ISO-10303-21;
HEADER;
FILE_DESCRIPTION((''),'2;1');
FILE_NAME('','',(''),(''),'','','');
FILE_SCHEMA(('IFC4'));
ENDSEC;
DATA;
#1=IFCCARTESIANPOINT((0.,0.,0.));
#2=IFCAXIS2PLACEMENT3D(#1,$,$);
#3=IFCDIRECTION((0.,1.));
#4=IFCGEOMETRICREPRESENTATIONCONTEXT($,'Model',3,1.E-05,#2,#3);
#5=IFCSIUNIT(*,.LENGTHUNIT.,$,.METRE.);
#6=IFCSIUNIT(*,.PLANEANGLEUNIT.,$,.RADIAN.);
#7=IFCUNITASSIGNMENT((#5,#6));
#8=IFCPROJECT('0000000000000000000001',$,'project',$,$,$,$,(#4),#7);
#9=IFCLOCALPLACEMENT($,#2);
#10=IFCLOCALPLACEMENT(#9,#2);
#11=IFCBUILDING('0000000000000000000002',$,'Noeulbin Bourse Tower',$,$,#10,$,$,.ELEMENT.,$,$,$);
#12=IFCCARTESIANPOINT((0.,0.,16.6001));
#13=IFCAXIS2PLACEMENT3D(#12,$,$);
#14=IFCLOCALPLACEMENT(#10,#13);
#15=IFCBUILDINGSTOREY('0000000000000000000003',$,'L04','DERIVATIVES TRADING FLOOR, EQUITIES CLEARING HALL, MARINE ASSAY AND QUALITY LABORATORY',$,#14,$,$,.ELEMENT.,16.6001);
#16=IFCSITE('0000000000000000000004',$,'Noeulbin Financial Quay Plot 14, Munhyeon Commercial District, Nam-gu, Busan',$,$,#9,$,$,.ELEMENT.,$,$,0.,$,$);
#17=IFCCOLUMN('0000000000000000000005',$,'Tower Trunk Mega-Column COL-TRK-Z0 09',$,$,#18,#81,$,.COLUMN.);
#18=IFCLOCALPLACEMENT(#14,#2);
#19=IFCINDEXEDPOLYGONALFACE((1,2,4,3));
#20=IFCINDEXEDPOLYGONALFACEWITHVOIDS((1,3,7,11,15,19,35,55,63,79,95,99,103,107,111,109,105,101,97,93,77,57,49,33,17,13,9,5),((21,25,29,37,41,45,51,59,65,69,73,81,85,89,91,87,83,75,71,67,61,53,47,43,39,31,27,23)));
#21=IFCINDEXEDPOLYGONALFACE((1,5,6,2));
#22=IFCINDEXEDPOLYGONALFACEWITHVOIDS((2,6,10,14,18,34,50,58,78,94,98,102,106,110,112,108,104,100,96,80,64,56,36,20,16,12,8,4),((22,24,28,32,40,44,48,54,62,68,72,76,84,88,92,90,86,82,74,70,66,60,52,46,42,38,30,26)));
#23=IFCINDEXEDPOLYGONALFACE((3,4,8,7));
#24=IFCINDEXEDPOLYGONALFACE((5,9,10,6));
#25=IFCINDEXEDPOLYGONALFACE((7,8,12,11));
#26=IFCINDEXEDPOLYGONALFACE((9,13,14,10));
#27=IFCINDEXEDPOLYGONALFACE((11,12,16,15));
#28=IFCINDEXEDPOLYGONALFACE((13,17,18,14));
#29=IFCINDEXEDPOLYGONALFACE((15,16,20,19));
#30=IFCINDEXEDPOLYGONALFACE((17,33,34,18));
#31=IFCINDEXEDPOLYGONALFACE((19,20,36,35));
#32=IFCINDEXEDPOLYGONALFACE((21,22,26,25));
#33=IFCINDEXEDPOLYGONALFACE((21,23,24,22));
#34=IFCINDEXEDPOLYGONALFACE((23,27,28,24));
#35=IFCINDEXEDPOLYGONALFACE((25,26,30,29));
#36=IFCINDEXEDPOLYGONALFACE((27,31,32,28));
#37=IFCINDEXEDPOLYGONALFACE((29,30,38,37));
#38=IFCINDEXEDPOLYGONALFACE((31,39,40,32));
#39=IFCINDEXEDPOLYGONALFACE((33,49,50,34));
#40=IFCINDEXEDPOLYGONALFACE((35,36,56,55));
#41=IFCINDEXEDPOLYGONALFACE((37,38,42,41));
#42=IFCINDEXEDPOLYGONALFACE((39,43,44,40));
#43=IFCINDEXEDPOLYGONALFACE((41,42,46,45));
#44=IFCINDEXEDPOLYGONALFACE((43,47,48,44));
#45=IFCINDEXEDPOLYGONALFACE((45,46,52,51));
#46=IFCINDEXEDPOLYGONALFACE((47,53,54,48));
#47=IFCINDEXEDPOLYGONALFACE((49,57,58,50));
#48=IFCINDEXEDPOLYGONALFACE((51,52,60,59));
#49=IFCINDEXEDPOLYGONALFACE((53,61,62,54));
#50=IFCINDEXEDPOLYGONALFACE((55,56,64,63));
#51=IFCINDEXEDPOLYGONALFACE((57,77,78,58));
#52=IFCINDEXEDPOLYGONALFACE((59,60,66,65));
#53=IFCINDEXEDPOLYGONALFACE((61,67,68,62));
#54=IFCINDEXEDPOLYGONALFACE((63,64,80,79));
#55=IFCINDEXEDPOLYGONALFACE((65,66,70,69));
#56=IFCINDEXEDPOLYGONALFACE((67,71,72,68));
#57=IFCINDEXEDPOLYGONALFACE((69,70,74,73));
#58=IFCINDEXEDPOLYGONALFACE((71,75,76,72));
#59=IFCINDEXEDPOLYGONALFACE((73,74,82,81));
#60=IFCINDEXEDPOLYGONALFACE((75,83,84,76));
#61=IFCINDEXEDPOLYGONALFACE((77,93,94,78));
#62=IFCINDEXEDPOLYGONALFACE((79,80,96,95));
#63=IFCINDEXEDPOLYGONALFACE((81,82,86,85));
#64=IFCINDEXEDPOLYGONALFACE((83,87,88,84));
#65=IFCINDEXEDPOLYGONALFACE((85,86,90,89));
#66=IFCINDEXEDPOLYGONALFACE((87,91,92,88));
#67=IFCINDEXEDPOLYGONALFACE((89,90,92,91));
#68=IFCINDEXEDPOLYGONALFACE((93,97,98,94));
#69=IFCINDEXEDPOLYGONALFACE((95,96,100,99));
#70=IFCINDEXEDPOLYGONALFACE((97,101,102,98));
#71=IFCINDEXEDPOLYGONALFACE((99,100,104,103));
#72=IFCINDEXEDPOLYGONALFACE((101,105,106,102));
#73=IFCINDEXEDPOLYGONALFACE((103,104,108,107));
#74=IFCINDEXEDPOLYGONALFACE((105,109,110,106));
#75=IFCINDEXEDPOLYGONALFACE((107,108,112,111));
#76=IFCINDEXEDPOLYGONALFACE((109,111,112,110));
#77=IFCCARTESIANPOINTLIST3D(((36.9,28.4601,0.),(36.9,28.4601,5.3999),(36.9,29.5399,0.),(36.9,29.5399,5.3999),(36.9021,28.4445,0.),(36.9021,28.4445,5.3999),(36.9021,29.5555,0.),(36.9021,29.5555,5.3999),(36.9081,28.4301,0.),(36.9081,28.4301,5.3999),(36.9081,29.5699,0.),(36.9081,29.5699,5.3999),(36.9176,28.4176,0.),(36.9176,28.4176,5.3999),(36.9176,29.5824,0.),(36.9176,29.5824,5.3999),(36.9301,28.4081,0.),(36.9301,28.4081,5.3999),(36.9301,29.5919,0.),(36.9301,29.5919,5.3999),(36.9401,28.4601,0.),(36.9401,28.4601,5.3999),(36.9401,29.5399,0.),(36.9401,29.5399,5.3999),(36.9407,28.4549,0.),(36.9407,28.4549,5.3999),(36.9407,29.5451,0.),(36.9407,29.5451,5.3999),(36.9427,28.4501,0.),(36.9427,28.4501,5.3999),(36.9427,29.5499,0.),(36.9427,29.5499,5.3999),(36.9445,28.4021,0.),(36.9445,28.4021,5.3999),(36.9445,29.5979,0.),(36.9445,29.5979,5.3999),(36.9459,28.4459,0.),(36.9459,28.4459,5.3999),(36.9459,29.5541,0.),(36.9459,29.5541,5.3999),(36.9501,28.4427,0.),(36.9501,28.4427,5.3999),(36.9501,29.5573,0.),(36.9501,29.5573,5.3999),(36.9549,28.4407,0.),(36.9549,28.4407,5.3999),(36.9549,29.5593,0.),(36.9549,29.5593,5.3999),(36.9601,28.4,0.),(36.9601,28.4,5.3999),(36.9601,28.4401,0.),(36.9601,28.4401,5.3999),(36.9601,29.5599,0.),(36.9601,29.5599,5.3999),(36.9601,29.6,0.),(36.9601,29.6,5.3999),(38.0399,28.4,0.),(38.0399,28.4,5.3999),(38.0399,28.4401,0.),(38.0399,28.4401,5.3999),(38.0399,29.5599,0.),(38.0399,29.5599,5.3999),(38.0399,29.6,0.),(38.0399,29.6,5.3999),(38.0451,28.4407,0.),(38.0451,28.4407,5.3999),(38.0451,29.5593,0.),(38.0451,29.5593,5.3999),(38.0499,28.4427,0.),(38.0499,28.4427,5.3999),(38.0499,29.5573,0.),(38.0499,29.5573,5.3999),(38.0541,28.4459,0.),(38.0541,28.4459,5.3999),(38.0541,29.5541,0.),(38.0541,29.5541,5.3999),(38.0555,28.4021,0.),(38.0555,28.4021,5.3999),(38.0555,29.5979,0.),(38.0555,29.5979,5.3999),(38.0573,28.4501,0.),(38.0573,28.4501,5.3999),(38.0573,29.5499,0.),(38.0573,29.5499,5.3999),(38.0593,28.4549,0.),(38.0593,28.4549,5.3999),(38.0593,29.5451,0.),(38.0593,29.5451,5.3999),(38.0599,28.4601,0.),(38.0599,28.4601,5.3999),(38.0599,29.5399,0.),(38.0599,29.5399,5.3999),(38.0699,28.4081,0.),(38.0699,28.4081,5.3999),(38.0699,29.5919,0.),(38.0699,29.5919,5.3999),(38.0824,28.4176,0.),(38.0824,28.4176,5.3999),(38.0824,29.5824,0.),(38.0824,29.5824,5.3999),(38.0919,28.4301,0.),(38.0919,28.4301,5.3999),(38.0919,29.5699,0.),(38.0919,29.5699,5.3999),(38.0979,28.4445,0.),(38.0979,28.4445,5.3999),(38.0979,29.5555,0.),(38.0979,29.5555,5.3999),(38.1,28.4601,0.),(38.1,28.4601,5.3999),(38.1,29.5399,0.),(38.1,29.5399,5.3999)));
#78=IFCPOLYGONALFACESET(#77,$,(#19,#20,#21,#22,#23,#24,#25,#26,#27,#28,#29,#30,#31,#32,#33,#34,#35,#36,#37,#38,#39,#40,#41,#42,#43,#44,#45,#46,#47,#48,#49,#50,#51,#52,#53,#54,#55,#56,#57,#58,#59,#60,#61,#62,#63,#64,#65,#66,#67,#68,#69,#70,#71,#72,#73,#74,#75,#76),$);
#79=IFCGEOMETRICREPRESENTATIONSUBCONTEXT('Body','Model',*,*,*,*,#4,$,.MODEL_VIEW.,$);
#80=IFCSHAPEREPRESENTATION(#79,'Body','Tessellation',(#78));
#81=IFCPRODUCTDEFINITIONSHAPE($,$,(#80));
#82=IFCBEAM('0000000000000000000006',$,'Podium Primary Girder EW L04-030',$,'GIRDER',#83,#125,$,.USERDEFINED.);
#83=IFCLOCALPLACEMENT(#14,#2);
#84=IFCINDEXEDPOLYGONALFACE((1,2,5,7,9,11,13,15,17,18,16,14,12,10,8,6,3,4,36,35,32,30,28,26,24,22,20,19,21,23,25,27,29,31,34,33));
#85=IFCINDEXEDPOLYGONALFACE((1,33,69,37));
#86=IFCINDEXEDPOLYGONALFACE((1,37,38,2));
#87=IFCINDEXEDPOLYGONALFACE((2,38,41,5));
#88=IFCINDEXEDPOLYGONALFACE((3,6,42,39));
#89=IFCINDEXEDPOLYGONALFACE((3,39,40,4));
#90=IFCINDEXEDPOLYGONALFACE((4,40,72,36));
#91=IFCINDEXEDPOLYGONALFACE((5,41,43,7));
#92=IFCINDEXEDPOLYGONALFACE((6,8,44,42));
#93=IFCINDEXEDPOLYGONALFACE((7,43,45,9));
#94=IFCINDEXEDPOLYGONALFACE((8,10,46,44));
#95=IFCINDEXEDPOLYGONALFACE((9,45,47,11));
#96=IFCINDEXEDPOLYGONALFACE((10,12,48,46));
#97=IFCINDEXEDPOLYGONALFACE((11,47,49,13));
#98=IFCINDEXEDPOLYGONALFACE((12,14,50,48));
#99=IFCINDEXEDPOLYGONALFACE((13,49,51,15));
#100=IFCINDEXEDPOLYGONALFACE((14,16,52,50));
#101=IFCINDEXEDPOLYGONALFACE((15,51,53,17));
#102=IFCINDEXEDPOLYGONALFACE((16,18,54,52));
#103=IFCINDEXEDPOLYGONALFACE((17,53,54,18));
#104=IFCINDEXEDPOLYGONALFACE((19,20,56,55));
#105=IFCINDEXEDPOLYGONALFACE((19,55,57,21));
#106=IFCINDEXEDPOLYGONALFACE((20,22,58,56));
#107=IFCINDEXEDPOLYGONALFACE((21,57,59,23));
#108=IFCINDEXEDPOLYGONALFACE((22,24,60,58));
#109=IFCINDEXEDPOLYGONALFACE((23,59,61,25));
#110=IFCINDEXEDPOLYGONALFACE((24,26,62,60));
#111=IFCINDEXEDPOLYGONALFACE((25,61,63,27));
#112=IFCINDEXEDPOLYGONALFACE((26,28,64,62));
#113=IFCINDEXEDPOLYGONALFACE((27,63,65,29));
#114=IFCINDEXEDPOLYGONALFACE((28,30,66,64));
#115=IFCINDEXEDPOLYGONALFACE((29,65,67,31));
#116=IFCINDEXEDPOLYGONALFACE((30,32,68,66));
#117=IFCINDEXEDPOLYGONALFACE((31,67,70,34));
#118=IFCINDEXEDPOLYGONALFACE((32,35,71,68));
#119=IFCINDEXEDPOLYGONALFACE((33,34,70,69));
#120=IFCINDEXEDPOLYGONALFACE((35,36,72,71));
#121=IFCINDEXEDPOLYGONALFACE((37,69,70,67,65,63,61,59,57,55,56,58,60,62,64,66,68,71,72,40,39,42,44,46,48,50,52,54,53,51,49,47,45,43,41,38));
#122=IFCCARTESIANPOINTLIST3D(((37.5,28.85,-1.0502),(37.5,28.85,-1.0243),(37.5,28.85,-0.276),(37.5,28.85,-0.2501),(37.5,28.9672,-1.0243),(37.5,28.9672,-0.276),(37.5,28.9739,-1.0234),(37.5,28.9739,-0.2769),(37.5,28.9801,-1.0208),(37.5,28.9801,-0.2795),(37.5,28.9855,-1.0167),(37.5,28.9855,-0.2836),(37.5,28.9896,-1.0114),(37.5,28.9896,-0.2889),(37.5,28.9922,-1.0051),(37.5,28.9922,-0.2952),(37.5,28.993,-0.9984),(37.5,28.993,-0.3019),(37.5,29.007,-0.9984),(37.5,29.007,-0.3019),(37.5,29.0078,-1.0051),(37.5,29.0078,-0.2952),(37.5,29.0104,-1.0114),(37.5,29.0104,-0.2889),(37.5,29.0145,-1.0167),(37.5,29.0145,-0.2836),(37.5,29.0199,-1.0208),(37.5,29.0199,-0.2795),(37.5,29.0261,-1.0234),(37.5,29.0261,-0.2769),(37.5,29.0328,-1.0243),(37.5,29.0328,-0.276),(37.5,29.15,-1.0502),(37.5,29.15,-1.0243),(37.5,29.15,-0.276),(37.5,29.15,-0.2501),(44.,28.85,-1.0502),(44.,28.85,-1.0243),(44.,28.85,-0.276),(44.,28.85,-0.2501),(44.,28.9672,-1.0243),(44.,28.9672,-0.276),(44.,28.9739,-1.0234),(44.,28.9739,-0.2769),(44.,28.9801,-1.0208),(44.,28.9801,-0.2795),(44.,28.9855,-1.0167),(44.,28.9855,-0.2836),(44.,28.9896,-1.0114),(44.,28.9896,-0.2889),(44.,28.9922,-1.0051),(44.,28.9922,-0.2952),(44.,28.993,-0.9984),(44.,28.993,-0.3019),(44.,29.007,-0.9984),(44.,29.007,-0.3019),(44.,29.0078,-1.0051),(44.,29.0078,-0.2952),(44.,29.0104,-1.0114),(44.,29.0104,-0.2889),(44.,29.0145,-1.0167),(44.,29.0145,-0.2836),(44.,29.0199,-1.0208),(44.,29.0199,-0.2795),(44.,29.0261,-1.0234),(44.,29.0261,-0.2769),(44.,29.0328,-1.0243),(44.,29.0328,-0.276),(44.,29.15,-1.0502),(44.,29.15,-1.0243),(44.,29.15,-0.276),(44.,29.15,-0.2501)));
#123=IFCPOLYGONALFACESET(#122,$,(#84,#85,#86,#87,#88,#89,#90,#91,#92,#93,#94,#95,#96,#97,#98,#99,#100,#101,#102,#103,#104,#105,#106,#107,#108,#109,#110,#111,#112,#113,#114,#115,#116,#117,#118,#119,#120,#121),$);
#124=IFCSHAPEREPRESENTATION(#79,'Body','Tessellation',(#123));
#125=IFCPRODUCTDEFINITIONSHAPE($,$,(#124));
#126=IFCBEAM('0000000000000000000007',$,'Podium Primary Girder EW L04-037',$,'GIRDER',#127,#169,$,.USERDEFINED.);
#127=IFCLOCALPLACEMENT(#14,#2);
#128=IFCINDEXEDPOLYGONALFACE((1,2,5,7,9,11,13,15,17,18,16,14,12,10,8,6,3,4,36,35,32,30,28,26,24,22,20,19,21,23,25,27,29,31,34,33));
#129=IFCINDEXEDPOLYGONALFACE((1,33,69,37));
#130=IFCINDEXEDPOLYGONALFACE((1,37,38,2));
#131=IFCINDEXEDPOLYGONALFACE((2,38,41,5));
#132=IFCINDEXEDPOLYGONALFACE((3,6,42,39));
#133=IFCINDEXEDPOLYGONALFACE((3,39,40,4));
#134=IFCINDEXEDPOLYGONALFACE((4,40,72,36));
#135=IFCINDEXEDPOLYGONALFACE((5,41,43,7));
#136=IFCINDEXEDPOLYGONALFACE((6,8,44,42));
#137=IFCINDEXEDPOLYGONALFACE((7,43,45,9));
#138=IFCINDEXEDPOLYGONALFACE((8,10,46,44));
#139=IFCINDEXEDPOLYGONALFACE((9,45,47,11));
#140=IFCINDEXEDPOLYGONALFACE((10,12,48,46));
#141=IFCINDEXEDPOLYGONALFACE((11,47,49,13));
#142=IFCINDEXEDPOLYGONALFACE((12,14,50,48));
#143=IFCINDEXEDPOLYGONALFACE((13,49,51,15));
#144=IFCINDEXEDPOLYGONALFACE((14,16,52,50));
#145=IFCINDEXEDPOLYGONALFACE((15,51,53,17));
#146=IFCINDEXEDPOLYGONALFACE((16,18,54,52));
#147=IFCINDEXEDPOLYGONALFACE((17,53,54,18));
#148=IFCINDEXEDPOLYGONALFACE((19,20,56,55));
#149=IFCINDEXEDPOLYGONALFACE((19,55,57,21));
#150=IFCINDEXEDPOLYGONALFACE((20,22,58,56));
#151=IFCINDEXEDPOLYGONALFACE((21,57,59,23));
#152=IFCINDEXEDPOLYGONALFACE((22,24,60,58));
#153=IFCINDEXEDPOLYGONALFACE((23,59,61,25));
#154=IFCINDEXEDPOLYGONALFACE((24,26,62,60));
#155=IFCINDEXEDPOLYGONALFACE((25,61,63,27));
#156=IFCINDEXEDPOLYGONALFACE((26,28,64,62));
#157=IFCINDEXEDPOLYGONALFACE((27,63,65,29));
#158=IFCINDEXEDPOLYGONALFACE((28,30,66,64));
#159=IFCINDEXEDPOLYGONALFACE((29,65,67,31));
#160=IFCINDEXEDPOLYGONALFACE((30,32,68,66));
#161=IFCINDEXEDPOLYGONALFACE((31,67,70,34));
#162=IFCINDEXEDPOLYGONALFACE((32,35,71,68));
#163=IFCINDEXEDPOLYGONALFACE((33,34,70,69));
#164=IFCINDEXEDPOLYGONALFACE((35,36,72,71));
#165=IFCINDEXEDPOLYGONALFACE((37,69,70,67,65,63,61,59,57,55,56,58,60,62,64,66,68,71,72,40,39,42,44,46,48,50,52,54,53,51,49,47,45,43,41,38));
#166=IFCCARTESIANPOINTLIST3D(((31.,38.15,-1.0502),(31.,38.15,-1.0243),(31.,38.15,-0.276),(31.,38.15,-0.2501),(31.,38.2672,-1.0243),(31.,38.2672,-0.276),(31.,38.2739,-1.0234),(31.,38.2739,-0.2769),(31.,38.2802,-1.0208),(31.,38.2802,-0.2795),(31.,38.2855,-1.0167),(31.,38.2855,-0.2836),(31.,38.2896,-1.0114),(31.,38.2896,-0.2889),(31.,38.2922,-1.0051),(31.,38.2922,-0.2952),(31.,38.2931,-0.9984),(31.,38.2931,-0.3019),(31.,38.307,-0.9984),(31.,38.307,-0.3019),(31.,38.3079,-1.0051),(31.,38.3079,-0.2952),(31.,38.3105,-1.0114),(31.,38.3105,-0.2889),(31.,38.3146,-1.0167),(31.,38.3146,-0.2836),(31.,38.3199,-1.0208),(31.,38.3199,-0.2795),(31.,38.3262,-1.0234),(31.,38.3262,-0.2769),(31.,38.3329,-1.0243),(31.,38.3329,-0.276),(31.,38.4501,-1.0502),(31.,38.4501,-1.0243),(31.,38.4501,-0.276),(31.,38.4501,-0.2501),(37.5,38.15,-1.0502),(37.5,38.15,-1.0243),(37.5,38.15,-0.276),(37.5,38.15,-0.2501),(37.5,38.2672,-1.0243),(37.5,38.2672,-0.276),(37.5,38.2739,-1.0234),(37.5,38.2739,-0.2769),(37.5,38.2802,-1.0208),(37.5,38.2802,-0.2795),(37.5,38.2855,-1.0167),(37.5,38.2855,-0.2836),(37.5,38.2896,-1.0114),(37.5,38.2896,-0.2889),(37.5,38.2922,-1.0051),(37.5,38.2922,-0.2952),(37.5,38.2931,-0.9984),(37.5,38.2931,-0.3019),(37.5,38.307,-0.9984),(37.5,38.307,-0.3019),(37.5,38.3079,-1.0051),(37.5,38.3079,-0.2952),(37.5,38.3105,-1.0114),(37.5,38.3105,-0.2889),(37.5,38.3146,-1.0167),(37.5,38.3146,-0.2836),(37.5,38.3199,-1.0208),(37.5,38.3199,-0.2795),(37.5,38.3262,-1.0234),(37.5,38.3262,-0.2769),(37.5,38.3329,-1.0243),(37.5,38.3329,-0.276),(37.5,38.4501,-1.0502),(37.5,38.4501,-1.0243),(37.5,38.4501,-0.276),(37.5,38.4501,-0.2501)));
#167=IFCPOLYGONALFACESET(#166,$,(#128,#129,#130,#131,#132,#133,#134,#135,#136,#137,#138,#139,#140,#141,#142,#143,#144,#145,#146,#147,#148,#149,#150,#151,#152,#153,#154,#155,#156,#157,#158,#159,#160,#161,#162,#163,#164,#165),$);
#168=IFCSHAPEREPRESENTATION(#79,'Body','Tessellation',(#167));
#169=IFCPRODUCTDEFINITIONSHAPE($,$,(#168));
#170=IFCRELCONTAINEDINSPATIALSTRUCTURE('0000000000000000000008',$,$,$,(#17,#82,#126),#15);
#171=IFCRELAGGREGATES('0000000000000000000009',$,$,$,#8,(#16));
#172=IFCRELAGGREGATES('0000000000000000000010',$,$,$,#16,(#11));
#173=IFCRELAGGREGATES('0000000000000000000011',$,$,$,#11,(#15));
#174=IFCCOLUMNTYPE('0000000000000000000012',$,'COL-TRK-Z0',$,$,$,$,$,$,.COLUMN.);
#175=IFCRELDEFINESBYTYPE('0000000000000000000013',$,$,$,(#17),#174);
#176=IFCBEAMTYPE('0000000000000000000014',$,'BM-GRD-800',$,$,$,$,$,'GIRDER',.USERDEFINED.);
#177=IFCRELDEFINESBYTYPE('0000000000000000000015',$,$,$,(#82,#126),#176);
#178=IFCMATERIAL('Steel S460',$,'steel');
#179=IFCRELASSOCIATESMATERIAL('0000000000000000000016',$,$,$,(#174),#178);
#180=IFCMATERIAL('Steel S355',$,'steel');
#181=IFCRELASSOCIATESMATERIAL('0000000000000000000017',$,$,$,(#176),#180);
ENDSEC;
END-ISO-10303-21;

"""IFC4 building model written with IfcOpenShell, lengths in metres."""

from ifc_helpers import new_model, si_unit, direction, frame, origin, origin_2d, place, context, subcontext, project, spatial, hollow_rectangle, i_section, extrude, material, material_profile, profile_set, type_object, element, save


model = new_model("IFC4")

# Units and contexts
model_context = context("Model", 3, precision=1e-05, world=origin(), true_north=direction((0.0, 1.0)))
body_context = subcontext(model_context, "Body", "Model", "MODEL_VIEW")
ifc_project = project(units=[si_unit("LENGTHUNIT", "METRE"), si_unit("PLANEANGLEUNIT", "RADIAN")], contexts=[model_context])

# Site, building, storey
site_placement = place(None, origin())
site = spatial("IfcSite", under=ifc_project, at=site_placement, Name="Noeulbin Financial Quay Plot 14, Munhyeon Commercial District, Nam-gu, Busan", CompositionType="ELEMENT", RefElevation=0.0)
building_placement = place(site_placement, origin())
building = spatial("IfcBuilding", under=site, at=building_placement, Name="Noeulbin Bourse Tower", CompositionType="ELEMENT")
storey_placement = place(building_placement, frame((0.0, 0.0, 16.6001)))
storey = spatial("IfcBuildingStorey", under=building, at=storey_placement, Name="L04", Description="DERIVATIVES TRADING FLOOR, EQUITIES CLEARING HALL, MARINE ASSAY AND QUALITY LABORATORY", CompositionType="ELEMENT", Elevation=16.6001)

# Column
ifc_material_1 = material(Name="Steel S460", Category="steel")
ifc_material_profile_1 = material_profile(ifc_material_1, hollow_rectangle(XDim=1.2, YDim=1.2, WallThickness=0.04, InnerFilletRadius=0.02, OuterFilletRadius=0.0601, at=origin_2d()), Name="BOX-1200x1200x40", Category="LoadBearing")
ifc_profile_set_1 = profile_set([ifc_material_profile_1], Name="Steel S460")
column_type = type_object("IfcColumnType", Name="COL-TRK-Z0", PredefinedType="COLUMN", material=ifc_profile_set_1)
column_placement = place(storey_placement, frame((37.5, 29.0, 0.0), z_axis=(0.0, 0.0, 1.0), x_axis=(1.0, 0.0, 0.0)))
element("IfcColumn", 1, at=column_placement, inside=storey, type_object=column_type, Name="Tower Trunk Mega-Column COL-TRK-Z0 09", PredefinedType="COLUMN", context=body_context, shape_type="SweptSolid", body=[
    extrude(hollow_rectangle(XDim=1.2, YDim=1.2, WallThickness=0.04, InnerFilletRadius=0.02, OuterFilletRadius=0.0601, at=origin_2d()), origin(), (0.0, 0.0, 1.0), 5.3999),
])

# Beams
ifc_material_2 = material(Name="Steel S355", Category="steel")
ifc_material_profile_2 = material_profile(ifc_material_2, i_section(OverallWidth=0.3, OverallDepth=0.8, WebThickness=0.0139, FlangeThickness=0.0259, FilletRadius=0.0259, at=origin_2d()), Name="H-800x300x14x26", Category="LoadBearing")
ifc_profile_set_2 = profile_set([ifc_material_profile_2], Name="Steel S355")
beam_type_1 = type_object("IfcBeamType", Name="BM-GRD-800", ElementType="GIRDER", PredefinedType="USERDEFINED", material=ifc_profile_set_2)
for number, where, z_axis, x_axis, name in (
    (2, (37.5, 29.0, -0.6501), (1.0, 0.0, 0.0), (0.0, 1.0, 0.0), "Podium Primary Girder EW L04-030"),
    (3, (31.0, 38.3, -0.6501), (1.0, 0.0, 0.0), (0.0, 1.0, 0.0), "Podium Primary Girder EW L04-037"),
):
    element("IfcBeam", number, at=place(storey_placement, frame(where, z_axis=z_axis, x_axis=x_axis)), inside=storey, type_object=beam_type_1, Name=name, ObjectType="GIRDER", PredefinedType="USERDEFINED", context=body_context, shape_type="SweptSolid", body=[
        extrude(i_section(OverallWidth=0.3, OverallDepth=0.8, WebThickness=0.0139, FlangeThickness=0.0259, FilletRadius=0.0259, at=origin_2d()), origin(), (0.0, 0.0, 1.0), 6.5),
    ])

save(model, "model.ifc")
